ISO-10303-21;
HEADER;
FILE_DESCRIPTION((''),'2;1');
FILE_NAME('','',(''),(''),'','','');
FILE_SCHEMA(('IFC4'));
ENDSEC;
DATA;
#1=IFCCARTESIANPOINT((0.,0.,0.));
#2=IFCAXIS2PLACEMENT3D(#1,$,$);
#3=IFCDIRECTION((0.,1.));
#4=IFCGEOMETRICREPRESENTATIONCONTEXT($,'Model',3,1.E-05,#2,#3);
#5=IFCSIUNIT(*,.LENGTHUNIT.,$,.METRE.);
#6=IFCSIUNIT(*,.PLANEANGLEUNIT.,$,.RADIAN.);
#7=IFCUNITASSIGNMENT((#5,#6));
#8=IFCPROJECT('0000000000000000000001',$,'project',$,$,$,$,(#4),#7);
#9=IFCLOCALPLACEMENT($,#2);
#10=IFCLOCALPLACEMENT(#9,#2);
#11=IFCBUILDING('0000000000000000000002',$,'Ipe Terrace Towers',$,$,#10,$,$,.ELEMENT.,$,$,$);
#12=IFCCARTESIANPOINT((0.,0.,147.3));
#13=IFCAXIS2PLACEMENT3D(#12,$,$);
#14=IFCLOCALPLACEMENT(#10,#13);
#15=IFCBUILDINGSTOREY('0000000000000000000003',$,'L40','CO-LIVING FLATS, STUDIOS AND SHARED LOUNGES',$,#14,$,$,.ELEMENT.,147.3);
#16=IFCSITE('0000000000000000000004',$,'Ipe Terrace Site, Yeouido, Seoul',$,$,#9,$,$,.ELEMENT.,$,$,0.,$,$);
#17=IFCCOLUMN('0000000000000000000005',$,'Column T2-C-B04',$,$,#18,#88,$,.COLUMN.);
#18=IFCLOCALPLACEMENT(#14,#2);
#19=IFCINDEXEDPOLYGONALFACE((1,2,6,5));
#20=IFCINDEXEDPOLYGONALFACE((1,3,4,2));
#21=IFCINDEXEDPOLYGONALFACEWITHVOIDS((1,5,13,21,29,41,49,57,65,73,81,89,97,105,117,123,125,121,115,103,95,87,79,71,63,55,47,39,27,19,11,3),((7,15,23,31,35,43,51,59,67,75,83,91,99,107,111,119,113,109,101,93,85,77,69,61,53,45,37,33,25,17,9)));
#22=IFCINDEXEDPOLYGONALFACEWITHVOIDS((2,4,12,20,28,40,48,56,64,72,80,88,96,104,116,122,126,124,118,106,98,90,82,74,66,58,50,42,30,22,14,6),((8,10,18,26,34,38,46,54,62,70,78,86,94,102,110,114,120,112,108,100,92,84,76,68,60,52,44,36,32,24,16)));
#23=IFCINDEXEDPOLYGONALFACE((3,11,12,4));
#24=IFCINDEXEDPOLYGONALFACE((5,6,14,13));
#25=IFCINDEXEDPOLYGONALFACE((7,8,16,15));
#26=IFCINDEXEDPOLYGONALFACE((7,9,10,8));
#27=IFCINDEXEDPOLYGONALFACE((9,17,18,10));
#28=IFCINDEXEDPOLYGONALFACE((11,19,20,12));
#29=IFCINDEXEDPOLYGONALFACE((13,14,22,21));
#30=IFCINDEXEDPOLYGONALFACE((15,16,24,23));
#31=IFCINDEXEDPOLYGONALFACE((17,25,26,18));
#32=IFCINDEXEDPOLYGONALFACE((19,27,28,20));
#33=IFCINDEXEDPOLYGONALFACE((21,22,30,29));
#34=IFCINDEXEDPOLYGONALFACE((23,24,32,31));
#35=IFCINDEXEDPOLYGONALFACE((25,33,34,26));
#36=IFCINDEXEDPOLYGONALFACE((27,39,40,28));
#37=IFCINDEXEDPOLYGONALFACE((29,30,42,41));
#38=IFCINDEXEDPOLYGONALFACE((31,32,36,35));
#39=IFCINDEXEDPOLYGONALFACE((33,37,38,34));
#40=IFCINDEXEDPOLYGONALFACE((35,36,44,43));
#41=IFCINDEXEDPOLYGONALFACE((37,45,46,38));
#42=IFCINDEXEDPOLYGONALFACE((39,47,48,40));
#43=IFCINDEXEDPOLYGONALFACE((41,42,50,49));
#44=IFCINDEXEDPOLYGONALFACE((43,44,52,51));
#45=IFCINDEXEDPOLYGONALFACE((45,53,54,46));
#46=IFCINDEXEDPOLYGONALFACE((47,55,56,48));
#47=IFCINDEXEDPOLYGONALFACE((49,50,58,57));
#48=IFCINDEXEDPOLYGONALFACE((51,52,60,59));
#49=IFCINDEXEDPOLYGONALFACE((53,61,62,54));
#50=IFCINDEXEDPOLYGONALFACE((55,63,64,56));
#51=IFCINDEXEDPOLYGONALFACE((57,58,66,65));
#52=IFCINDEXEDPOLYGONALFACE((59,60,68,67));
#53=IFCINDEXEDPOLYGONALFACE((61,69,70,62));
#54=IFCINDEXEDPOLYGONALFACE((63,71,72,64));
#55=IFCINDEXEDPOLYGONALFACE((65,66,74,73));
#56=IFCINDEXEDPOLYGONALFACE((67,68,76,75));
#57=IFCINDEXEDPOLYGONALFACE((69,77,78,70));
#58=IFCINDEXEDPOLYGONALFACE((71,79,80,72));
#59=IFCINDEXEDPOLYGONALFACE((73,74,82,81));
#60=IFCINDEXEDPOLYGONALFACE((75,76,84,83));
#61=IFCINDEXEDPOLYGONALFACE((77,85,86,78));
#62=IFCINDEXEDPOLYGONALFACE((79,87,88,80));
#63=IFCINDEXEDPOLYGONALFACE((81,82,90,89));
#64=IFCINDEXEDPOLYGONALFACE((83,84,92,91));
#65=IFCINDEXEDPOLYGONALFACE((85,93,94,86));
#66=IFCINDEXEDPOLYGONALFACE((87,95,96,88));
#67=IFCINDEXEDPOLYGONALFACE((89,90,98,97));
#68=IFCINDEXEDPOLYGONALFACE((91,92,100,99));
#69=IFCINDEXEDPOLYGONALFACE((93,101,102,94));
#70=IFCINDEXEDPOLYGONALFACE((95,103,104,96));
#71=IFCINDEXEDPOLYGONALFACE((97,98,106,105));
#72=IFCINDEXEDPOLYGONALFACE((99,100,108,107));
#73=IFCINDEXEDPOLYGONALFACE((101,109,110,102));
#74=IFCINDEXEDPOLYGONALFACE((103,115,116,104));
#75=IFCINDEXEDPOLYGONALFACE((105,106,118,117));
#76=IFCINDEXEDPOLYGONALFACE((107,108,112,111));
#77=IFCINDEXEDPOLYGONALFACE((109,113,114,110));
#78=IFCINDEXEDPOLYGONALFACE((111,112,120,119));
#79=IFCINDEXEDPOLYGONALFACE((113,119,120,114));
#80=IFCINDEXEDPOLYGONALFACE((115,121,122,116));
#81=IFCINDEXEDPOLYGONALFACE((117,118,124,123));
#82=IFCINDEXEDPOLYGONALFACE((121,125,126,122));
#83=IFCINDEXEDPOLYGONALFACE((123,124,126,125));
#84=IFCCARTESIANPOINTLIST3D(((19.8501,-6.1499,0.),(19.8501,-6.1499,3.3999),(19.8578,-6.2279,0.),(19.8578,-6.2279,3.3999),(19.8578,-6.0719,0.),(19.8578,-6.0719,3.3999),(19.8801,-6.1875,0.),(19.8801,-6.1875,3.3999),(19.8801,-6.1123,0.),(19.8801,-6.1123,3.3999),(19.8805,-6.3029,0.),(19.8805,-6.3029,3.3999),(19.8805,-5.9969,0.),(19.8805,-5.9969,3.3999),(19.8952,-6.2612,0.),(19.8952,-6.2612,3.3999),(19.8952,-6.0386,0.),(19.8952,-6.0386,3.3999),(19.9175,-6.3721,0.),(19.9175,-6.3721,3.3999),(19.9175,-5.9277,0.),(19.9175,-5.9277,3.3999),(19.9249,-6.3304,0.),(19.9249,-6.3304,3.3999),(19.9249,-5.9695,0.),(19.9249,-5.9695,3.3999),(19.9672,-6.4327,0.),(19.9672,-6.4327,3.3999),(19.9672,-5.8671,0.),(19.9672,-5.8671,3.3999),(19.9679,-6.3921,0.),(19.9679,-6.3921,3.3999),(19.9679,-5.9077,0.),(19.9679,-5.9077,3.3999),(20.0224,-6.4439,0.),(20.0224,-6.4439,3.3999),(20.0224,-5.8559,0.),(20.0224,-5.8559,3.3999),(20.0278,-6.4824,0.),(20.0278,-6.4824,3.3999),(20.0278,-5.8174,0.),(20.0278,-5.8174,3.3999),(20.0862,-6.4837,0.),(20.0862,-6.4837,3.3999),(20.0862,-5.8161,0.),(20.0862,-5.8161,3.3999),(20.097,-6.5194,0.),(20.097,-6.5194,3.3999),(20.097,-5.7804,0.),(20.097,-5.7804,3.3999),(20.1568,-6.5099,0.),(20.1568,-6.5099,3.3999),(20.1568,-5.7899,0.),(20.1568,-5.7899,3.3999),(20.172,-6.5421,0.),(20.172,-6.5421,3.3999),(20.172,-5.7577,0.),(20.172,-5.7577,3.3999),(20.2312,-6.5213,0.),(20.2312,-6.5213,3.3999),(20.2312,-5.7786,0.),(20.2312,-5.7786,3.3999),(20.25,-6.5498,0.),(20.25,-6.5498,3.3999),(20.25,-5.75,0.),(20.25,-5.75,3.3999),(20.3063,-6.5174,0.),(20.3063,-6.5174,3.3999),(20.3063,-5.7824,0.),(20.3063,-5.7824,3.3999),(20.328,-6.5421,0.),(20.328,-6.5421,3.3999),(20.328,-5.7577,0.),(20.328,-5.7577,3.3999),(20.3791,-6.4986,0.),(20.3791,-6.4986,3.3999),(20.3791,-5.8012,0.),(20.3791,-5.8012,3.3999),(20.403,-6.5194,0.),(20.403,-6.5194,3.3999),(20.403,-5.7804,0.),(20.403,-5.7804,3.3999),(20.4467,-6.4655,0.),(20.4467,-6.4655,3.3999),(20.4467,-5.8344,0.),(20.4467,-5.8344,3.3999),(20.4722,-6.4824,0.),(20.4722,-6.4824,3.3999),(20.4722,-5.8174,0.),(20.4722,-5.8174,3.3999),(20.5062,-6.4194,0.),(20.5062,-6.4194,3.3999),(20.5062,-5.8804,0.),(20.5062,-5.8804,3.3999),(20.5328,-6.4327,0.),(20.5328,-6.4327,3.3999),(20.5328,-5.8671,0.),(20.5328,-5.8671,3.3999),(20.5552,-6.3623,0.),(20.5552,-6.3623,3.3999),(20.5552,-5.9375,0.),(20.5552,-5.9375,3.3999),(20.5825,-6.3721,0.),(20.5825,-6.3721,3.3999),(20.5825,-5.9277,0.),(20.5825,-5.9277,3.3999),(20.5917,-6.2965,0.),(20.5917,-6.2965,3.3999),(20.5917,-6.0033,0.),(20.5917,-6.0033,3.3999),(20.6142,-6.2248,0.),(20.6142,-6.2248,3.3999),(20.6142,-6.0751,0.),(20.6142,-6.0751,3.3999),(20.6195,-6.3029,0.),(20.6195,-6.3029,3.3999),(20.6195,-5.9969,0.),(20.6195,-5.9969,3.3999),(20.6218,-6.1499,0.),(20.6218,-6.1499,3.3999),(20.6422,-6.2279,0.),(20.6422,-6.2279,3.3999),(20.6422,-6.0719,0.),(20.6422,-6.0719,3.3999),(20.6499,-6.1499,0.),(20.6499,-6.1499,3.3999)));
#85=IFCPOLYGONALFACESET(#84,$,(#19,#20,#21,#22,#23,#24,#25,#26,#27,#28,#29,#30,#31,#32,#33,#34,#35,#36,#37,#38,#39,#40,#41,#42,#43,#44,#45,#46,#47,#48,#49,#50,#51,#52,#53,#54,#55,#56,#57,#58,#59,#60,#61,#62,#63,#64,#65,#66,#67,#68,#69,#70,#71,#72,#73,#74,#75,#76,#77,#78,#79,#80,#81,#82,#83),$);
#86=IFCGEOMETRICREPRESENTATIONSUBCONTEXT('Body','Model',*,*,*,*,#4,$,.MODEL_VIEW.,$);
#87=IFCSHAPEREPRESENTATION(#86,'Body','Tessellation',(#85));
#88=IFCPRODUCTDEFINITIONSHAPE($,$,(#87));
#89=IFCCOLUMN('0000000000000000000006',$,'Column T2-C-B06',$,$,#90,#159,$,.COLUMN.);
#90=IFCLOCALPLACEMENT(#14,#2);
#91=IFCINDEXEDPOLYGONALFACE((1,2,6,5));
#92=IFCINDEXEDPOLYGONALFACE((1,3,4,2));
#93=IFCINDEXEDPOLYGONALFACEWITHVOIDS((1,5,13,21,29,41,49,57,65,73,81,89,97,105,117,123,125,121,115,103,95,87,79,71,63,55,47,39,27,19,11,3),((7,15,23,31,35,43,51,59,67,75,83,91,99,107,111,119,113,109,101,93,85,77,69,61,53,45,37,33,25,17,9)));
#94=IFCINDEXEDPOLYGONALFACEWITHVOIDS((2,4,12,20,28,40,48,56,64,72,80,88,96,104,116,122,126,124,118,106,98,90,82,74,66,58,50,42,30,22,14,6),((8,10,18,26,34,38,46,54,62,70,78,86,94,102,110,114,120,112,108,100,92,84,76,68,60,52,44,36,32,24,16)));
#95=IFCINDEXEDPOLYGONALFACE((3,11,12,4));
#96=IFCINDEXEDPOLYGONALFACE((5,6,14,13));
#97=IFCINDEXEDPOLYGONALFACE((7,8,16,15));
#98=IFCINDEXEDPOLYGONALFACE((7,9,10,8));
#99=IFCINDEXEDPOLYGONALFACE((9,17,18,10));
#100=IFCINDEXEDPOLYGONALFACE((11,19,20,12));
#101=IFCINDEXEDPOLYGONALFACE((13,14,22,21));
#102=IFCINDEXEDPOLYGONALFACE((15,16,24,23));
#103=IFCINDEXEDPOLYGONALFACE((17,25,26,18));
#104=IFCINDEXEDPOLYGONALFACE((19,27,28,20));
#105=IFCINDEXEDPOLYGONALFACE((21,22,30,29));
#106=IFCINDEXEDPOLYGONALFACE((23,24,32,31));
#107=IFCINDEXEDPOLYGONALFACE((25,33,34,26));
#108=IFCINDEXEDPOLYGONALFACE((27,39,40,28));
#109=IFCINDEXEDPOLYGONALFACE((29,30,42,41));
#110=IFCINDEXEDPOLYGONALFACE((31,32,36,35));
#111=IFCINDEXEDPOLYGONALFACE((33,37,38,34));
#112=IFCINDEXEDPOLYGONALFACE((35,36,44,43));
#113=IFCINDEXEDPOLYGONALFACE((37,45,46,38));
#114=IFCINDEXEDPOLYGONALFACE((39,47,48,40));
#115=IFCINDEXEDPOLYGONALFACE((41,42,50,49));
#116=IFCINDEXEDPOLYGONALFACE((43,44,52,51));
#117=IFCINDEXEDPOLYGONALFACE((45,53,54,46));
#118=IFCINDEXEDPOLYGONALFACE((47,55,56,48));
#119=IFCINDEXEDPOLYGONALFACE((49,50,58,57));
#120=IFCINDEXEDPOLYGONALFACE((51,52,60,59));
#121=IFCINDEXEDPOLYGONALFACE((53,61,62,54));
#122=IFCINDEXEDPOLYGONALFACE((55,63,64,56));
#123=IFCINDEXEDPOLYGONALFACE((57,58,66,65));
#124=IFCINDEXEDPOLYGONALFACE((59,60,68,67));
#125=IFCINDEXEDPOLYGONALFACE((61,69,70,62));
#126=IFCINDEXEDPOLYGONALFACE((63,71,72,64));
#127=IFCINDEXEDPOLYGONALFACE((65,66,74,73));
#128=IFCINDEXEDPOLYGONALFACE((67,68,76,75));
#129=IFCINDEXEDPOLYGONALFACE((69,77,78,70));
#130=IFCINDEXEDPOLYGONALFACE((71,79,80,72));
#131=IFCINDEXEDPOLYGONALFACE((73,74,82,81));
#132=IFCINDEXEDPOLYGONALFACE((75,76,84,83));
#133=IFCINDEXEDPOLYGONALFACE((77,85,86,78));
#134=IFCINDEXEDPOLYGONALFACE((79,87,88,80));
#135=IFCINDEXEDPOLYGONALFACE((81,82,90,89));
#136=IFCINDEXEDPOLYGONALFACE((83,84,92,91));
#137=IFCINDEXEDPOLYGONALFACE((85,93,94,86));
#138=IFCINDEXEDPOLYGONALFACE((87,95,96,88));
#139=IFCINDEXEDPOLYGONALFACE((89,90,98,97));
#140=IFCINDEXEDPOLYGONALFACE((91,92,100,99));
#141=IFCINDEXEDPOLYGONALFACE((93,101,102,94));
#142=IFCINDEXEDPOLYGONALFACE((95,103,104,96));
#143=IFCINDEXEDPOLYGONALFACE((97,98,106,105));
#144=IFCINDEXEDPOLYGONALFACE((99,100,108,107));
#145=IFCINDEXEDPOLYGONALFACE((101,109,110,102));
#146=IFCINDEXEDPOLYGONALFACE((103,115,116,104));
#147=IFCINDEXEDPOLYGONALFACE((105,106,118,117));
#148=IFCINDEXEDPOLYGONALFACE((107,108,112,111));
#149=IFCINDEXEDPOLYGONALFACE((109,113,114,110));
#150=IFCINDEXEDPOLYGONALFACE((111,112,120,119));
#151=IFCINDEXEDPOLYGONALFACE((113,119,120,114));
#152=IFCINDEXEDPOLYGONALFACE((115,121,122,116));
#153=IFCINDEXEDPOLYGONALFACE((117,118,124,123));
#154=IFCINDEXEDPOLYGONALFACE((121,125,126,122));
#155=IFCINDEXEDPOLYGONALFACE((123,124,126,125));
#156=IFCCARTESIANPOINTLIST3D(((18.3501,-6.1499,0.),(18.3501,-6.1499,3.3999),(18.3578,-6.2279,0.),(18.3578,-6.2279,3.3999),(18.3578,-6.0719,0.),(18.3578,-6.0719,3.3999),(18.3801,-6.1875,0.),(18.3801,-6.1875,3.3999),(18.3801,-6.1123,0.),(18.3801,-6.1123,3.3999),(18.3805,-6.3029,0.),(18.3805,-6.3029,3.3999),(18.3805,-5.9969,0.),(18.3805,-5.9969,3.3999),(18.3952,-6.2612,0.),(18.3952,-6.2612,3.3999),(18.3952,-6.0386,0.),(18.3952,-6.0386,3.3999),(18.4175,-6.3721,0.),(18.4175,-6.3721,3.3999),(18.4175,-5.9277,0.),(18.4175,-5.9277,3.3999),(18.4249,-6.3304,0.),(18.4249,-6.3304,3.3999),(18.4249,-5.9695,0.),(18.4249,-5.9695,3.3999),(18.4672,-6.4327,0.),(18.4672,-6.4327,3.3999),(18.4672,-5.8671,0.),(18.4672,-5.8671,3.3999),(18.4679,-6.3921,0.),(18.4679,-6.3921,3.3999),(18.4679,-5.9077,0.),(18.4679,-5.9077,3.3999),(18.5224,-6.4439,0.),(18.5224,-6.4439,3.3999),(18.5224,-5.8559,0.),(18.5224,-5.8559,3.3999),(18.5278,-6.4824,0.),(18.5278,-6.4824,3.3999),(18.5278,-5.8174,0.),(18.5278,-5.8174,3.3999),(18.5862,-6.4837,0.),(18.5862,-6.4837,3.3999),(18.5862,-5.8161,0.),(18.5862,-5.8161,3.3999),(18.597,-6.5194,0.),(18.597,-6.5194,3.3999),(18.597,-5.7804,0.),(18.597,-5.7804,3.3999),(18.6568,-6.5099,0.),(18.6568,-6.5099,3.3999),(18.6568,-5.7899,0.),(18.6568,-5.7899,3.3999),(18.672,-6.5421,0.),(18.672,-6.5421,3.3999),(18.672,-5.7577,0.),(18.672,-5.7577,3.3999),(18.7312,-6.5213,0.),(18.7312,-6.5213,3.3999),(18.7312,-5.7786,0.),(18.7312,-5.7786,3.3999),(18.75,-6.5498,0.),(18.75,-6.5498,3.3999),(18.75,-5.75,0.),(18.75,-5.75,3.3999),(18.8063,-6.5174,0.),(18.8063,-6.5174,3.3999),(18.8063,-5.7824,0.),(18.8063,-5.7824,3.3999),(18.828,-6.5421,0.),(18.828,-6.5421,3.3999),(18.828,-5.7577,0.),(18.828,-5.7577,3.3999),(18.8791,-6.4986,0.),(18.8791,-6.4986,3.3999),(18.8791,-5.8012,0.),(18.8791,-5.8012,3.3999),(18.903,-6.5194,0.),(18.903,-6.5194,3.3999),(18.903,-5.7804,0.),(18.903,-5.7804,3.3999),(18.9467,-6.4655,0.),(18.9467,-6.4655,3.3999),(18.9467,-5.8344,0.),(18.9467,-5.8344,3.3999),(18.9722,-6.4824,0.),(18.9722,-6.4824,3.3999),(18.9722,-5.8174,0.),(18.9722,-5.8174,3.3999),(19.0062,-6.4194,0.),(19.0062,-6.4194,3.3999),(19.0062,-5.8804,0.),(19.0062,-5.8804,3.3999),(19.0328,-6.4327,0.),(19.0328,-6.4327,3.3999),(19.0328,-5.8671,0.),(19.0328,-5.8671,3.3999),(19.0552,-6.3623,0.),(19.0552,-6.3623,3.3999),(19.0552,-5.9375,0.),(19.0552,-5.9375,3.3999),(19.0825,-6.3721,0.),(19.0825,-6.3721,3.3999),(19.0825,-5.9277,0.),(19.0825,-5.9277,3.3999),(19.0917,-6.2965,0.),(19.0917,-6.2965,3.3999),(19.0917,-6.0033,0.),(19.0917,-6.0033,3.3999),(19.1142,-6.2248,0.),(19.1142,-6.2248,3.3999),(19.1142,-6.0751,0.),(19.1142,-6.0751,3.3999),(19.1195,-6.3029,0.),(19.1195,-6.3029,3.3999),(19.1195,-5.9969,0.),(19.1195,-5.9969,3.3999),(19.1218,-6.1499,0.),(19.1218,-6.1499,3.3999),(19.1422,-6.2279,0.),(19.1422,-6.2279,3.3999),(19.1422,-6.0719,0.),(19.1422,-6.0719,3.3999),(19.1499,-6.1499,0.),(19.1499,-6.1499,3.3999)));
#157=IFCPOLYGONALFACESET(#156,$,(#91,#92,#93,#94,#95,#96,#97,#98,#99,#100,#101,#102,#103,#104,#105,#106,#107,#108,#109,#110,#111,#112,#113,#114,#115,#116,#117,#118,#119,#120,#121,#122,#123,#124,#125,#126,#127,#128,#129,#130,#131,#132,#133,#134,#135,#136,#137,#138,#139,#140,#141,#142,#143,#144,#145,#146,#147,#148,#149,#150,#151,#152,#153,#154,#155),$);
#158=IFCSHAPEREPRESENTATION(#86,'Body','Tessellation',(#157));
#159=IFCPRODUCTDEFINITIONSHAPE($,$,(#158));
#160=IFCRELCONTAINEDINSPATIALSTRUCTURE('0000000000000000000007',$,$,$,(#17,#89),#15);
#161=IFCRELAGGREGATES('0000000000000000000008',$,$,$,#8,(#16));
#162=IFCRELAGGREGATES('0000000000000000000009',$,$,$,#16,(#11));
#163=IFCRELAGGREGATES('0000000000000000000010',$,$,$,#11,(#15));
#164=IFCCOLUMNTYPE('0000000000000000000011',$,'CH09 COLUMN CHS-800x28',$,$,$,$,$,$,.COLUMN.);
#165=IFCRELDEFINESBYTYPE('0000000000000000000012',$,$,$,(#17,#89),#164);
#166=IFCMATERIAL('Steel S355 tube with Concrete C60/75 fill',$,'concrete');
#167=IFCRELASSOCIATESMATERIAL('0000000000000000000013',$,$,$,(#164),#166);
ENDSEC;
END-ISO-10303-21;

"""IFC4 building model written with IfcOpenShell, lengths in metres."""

from ifc_helpers import new_model, si_unit, direction, frame, origin, origin_2d, place, context, subcontext, project, spatial, hollow_circle, extrude, material, material_profile, profile_set, type_object, element, save


model = new_model("IFC4")

# Units and contexts
model_context = context("Model", 3, precision=1e-05, world=origin(), true_north=direction((0.0, 1.0)))
body_context = subcontext(model_context, "Body", "Model", "MODEL_VIEW")
ifc_project = project(units=[si_unit("LENGTHUNIT", "METRE"), si_unit("PLANEANGLEUNIT", "RADIAN")], contexts=[model_context])

# Site, building, storey
site_placement = place(None, origin())
site = spatial("IfcSite", under=ifc_project, at=site_placement, Name="Ipe Terrace Site, Yeouido, Seoul", CompositionType="ELEMENT", RefElevation=0.0)
building_placement = place(site_placement, origin())
building = spatial("IfcBuilding", under=site, at=building_placement, Name="Ipe Terrace Towers", CompositionType="ELEMENT")
storey_placement = place(building_placement, frame((0.0, 0.0, 147.3)))
storey = spatial("IfcBuildingStorey", under=building, at=storey_placement, Name="L40", Description="CO-LIVING FLATS, STUDIOS AND SHARED LOUNGES", CompositionType="ELEMENT", Elevation=147.3)

# Columns
ifc_material_1 = material(Name="Steel S355 tube with Concrete C60/75 fill", Category="concrete")
ifc_material_profile_1 = material_profile(ifc_material_1, hollow_circle(Radius=0.3999, WallThickness=0.0281, at=origin_2d()), Name="CHS-800x28")
ifc_profile_set_1 = profile_set([ifc_material_profile_1], Name="Steel S355 tube with Concrete C60/75 fill")
column_type = type_object("IfcColumnType", Name="CH09 COLUMN CHS-800x28", PredefinedType="COLUMN", material=ifc_profile_set_1)
for number, where, z_axis, x_axis, name in (
    (1, (20.25, -6.1499, 0.0), (0.0, 0.0, 1.0), (1.0, 0.0, 0.0), "Column T2-C-B04"),
    (2, (18.75, -6.1499, 0.0), (0.0, 0.0, 1.0), (1.0, 0.0, 0.0), "Column T2-C-B06"),
):
    element("IfcColumn", number, at=place(storey_placement, frame(where, z_axis=z_axis, x_axis=x_axis)), inside=storey, type_object=column_type, Name=name, PredefinedType="COLUMN", context=body_context, shape_type="SweptSolid", body=[
        extrude(hollow_circle(Radius=0.3999, WallThickness=0.0281, at=origin_2d()), origin(), (0.0, 0.0, 1.0), 3.3999),
    ])

save(model, "model.ifc")
